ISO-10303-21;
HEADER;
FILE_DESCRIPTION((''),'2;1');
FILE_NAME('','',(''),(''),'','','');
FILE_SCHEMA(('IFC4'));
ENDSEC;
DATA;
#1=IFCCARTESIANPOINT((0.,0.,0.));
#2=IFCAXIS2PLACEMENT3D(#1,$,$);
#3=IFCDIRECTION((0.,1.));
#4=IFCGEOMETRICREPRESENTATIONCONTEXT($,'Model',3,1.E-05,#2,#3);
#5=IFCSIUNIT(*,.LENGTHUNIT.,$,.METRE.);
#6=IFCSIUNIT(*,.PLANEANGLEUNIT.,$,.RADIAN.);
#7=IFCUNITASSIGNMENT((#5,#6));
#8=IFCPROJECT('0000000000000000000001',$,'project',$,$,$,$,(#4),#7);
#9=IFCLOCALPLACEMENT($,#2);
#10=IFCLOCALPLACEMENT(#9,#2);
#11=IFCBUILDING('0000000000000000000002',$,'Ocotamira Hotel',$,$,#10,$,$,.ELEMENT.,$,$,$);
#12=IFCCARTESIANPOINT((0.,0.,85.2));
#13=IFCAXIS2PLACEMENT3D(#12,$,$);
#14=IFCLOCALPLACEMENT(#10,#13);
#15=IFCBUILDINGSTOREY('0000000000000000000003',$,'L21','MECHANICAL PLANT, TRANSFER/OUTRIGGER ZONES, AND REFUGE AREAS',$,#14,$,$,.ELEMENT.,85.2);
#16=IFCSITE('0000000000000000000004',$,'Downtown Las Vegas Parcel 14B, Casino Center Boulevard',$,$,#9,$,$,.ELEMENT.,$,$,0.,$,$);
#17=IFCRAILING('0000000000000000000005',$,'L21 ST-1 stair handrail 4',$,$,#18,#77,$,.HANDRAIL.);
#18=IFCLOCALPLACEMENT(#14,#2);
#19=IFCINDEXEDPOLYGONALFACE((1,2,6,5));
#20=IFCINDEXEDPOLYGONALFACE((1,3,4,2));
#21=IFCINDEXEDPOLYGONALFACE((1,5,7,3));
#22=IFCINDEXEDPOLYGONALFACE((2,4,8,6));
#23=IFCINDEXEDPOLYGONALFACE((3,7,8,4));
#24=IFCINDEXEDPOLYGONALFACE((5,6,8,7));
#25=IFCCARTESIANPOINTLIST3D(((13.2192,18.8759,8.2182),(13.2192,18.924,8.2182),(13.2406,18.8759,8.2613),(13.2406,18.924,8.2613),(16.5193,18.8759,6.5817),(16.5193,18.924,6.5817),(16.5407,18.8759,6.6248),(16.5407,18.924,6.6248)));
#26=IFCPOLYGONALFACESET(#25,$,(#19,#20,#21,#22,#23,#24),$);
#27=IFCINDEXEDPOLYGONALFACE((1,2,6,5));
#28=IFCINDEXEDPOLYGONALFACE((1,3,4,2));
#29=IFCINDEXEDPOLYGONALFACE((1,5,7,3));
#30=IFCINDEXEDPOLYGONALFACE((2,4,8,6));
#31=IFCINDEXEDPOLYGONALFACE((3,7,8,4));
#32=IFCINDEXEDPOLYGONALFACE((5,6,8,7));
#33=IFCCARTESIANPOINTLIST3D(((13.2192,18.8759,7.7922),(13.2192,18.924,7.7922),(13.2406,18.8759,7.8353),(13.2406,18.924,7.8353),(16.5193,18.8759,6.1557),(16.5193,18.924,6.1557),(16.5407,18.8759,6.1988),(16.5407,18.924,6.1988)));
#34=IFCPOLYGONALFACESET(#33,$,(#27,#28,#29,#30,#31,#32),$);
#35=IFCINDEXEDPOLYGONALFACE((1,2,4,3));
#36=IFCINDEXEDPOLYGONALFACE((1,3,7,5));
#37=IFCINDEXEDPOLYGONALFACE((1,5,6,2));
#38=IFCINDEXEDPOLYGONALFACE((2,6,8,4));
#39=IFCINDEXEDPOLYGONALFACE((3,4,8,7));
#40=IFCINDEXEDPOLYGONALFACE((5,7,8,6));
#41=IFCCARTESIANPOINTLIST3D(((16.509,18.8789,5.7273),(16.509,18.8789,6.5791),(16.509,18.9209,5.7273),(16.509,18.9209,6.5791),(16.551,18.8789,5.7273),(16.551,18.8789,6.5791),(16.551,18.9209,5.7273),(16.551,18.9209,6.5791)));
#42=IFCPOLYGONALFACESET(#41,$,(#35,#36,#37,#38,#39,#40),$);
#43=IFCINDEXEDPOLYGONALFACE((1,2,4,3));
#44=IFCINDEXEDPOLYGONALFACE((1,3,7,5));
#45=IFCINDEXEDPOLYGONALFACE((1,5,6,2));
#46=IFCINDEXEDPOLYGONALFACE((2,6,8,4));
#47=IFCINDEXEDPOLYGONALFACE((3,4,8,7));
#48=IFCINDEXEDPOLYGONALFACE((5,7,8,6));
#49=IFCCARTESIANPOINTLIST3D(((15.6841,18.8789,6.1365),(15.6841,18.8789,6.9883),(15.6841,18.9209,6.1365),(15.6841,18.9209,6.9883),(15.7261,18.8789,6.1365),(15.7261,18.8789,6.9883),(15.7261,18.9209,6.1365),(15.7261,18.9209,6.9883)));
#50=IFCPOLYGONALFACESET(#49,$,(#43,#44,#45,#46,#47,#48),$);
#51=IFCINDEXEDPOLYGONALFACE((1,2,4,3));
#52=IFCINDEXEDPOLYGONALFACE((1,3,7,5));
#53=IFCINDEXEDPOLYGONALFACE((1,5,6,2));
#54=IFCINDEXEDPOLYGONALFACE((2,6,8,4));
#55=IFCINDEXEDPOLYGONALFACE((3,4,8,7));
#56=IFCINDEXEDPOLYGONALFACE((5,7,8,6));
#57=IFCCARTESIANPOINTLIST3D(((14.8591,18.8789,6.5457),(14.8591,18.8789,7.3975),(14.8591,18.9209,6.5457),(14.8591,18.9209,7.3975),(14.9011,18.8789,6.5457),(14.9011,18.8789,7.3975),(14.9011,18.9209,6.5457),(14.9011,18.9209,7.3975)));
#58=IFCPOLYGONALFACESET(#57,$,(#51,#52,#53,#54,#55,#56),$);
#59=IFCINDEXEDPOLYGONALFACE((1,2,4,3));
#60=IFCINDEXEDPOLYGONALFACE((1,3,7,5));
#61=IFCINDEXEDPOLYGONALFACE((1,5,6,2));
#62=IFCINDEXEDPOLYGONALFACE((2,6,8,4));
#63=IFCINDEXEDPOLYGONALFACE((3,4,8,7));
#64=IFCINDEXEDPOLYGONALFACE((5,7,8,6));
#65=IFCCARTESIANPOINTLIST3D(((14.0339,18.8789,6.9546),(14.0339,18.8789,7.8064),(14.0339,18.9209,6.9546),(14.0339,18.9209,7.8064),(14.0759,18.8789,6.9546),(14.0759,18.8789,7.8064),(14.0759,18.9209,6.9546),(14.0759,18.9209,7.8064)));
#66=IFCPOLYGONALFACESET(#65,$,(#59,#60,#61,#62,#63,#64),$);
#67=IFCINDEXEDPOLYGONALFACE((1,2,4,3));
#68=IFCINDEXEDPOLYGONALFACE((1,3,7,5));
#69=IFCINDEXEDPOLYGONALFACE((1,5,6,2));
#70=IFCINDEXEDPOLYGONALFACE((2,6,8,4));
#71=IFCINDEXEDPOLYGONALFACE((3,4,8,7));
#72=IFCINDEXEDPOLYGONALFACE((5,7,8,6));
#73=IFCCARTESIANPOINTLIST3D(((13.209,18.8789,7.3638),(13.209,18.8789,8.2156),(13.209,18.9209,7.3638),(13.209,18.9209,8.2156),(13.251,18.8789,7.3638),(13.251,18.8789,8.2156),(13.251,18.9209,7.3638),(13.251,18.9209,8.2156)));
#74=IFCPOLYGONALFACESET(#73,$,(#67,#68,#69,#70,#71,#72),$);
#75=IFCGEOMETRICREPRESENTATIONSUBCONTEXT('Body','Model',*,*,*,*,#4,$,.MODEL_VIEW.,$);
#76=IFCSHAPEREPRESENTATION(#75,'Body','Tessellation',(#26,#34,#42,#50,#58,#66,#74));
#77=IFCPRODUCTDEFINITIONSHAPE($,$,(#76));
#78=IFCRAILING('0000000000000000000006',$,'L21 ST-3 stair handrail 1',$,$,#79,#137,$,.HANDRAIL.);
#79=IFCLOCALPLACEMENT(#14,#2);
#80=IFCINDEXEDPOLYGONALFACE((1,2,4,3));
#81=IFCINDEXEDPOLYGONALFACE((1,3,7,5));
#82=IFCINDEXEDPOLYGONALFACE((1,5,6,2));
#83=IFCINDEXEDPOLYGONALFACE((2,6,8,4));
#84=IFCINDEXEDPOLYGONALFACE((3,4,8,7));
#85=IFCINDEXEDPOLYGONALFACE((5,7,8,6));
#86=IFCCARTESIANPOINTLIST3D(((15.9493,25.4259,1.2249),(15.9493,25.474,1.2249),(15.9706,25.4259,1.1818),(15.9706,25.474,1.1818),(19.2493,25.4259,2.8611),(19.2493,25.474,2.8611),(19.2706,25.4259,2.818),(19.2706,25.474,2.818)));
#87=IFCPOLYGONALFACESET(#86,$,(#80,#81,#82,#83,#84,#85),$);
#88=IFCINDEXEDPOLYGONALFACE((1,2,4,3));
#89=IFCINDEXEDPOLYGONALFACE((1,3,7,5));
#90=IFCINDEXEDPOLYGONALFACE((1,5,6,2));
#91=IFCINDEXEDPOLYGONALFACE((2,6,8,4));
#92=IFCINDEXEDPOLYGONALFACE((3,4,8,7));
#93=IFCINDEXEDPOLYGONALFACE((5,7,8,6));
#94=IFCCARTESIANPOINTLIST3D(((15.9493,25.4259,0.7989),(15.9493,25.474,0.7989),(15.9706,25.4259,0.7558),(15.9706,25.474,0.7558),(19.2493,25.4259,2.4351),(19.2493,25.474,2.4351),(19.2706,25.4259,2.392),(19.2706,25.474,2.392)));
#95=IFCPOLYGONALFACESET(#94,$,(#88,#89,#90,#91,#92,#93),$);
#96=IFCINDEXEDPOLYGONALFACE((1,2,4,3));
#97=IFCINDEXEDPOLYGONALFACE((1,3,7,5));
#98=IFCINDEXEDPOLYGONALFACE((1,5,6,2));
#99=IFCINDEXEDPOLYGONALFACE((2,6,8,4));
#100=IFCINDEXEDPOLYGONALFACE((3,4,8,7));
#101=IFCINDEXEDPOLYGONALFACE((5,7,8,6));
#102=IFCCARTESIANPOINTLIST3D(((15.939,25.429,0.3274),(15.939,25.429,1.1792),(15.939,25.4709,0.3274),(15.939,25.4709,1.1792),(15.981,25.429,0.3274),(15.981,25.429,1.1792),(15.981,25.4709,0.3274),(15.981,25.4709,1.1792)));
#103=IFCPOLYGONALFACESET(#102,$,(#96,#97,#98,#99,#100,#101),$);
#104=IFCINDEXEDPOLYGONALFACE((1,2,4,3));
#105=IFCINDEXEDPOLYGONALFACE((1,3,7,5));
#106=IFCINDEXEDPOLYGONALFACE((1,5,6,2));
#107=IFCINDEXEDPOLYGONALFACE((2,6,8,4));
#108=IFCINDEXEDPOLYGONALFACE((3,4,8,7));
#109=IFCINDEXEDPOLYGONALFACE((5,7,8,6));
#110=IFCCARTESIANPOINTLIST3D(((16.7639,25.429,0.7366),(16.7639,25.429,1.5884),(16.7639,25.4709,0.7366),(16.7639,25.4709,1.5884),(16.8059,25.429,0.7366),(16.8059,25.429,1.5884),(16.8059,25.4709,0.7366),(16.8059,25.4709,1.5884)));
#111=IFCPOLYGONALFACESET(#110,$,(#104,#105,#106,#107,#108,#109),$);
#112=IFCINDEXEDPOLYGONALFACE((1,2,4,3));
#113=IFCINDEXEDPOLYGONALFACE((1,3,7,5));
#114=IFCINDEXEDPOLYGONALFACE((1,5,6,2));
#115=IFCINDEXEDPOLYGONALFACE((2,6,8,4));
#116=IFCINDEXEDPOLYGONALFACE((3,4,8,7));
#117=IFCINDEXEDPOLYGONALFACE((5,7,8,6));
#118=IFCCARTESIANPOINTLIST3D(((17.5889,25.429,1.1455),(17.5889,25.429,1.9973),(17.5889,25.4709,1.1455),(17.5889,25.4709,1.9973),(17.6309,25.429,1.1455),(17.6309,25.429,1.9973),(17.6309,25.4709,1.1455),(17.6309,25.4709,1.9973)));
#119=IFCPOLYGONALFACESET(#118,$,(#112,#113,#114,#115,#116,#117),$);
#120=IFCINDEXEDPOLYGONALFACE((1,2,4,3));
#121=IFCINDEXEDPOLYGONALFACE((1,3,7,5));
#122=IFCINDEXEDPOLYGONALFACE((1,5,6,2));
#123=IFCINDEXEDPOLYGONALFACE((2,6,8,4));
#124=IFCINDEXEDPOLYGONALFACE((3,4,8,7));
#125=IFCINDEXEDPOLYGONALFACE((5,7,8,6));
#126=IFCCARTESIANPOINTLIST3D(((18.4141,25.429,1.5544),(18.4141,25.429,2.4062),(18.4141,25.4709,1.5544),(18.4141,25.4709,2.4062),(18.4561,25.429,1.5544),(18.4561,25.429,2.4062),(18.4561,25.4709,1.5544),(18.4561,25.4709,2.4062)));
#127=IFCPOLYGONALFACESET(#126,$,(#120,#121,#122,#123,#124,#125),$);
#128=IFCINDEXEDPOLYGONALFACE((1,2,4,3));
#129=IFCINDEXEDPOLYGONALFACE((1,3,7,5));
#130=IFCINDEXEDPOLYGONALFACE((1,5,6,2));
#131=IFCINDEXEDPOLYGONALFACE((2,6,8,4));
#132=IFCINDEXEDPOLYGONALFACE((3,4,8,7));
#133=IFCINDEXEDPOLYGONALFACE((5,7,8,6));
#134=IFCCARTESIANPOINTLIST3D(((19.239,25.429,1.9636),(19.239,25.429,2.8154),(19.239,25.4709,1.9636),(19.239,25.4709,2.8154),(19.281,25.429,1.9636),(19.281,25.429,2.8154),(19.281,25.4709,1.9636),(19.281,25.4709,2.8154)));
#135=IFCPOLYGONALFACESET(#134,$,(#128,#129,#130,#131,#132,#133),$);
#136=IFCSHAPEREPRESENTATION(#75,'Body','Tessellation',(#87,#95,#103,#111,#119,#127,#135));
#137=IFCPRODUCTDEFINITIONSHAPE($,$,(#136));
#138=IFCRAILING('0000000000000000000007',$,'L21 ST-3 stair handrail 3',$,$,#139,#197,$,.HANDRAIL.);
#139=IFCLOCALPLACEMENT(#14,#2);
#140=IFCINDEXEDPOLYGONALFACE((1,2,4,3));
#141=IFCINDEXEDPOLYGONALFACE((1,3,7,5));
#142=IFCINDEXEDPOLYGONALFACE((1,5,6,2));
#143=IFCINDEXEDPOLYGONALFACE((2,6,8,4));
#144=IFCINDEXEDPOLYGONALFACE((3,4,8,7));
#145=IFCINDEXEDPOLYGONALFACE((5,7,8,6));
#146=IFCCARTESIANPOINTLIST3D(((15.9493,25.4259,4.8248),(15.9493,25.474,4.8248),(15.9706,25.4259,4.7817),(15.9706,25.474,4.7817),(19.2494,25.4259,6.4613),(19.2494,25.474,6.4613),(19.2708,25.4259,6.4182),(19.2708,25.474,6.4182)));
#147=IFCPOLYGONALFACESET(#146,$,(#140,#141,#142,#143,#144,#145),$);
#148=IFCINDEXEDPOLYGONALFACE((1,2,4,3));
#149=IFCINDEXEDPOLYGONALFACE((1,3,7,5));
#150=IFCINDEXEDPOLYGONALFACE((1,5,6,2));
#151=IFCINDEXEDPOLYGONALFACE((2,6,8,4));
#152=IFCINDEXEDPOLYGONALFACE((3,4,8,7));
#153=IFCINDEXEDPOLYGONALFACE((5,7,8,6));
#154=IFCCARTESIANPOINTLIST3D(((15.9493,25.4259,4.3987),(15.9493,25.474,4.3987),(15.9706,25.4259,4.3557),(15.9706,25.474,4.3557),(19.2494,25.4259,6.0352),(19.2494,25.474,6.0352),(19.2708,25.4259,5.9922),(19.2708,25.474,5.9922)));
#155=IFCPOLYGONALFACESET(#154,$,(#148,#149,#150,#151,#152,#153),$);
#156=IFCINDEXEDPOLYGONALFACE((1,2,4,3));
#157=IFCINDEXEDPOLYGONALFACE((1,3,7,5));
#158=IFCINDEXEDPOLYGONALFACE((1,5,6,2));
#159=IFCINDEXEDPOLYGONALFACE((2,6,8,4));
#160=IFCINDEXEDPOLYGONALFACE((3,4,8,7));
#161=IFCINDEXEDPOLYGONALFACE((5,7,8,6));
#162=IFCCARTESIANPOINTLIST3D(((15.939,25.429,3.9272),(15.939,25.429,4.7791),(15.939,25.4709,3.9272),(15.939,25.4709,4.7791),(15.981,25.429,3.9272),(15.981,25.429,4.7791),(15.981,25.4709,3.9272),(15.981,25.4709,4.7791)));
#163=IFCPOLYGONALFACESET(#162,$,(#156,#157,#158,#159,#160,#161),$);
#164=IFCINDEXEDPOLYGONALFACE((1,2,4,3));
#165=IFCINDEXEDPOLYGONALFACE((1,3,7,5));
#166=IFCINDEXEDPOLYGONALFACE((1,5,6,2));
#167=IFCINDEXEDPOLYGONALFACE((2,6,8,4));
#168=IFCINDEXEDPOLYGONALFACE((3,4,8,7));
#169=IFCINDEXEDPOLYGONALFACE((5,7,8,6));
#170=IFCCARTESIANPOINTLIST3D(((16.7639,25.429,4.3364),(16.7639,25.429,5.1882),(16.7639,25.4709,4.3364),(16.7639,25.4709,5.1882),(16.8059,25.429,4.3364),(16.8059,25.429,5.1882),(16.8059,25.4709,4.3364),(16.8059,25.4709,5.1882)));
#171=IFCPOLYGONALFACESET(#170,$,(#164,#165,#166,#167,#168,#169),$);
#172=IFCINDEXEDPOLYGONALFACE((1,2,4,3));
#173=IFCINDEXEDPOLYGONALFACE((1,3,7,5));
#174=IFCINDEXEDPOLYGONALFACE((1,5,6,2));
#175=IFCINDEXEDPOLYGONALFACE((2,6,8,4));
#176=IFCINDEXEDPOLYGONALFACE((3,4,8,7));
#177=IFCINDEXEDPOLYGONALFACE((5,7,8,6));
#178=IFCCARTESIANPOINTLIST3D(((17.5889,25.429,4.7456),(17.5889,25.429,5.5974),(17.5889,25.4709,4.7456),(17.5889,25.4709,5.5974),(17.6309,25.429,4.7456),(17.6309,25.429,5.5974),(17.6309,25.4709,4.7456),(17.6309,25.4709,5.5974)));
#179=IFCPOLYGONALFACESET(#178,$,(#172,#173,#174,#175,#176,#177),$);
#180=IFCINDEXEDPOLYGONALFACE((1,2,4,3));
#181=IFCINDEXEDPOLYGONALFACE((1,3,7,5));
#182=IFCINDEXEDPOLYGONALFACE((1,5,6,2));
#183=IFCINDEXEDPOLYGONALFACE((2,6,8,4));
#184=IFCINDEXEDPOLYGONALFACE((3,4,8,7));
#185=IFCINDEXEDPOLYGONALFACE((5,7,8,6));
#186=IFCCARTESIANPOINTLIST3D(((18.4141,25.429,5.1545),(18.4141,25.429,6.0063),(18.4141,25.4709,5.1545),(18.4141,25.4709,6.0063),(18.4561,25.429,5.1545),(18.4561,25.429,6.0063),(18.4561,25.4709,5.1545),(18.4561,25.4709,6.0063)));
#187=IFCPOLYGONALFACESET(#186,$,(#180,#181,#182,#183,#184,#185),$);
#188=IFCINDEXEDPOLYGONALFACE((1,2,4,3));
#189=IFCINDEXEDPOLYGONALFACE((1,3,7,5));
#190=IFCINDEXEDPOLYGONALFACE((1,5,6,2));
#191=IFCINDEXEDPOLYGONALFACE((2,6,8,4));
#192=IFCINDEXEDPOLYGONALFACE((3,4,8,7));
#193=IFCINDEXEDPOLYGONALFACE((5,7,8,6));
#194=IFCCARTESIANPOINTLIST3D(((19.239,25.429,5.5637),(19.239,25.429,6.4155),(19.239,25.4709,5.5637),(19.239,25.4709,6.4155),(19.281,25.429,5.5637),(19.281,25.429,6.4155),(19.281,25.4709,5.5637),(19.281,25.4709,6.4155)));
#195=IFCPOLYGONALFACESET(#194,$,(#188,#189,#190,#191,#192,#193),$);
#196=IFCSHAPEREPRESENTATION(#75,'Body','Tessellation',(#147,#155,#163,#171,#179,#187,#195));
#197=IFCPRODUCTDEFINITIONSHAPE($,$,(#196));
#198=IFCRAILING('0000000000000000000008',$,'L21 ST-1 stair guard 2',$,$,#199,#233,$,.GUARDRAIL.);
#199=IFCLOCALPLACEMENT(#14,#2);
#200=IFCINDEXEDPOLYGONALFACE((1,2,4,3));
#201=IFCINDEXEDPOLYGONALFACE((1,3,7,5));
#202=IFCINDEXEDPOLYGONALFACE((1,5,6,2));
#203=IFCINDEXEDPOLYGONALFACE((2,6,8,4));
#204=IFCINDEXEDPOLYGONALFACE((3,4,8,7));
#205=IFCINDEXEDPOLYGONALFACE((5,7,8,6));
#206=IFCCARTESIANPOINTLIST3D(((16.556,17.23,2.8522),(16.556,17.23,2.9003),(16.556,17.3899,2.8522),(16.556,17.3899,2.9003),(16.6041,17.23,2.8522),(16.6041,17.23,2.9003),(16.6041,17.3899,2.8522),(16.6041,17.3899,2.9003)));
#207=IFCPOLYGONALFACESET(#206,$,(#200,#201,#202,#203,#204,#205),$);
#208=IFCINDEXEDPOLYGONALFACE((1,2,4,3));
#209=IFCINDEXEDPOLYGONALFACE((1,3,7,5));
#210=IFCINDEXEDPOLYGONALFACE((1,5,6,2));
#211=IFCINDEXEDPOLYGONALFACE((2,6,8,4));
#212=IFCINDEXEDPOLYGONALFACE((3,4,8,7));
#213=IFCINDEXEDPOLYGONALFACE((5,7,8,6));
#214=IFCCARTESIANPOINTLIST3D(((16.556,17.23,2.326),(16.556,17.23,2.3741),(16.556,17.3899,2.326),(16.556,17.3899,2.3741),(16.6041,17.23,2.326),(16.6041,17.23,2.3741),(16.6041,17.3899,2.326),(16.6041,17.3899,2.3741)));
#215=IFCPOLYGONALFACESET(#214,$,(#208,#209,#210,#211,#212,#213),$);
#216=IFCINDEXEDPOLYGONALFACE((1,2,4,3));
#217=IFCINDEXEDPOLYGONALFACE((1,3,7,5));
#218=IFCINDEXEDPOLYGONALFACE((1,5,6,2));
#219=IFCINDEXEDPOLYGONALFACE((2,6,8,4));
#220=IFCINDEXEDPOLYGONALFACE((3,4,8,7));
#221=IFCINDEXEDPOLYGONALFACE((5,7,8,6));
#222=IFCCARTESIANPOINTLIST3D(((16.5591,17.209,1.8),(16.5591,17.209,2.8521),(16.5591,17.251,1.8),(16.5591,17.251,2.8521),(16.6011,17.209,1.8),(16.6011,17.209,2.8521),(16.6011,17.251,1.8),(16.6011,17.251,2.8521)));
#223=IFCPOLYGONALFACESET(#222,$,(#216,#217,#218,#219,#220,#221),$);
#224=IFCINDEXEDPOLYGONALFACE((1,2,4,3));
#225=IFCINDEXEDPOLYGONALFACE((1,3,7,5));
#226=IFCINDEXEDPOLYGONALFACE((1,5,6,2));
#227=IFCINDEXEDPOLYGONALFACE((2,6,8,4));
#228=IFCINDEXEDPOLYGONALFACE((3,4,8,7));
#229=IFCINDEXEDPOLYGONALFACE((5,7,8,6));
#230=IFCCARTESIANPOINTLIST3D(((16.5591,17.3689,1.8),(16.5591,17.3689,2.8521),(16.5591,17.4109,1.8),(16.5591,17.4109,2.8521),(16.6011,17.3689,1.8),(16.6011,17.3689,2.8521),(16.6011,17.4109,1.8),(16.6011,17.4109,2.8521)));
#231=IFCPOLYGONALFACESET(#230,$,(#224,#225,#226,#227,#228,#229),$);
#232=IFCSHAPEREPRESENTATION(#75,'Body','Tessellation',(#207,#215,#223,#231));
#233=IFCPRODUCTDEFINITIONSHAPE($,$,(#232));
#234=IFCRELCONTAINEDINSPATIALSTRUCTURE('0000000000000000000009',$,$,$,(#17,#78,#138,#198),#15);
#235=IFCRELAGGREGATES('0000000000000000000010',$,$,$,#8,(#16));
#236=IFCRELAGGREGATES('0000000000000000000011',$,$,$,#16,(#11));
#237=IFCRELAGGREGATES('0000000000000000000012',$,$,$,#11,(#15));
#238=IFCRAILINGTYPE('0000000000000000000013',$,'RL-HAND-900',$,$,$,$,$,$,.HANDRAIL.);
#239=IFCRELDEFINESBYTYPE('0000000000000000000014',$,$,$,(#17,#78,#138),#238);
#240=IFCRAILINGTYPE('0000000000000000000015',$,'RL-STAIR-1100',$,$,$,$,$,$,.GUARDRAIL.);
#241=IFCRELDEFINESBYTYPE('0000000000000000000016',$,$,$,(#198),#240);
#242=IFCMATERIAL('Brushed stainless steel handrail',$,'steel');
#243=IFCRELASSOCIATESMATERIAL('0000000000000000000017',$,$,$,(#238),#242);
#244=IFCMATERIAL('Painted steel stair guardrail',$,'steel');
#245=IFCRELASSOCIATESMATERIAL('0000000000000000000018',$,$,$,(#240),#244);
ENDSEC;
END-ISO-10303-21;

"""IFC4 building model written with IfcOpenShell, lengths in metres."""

from ifc_helpers import new_model, si_unit, direction, frame, origin, origin_2d, place, context, subcontext, project, spatial, rectangle, extrude, material, type_object, element, save


model = new_model("IFC4")

# Units and contexts
model_context = context("Model", 3, precision=1e-05, world=origin(), true_north=direction((0.0, 1.0)))
body_context = subcontext(model_context, "Body", "Model", "MODEL_VIEW")
ifc_project = project(units=[si_unit("LENGTHUNIT", "METRE"), si_unit("PLANEANGLEUNIT", "RADIAN")], contexts=[model_context])

# Site, building, storey
site_placement = place(None, origin())
site = spatial("IfcSite", under=ifc_project, at=site_placement, Name="Downtown Las Vegas Parcel 14B, Casino Center Boulevard", CompositionType="ELEMENT", RefElevation=0.0)
building_placement = place(site_placement, origin())
building = spatial("IfcBuilding", under=site, at=building_placement, Name="Ocotamira Hotel", CompositionType="ELEMENT")
storey_placement = place(building_placement, frame((0.0, 0.0, 85.2)))
storey = spatial("IfcBuildingStorey", under=building, at=storey_placement, Name="L21", Description="MECHANICAL PLANT, TRANSFER/OUTRIGGER ZONES, AND REFUGE AREAS", CompositionType="ELEMENT", Elevation=85.2)

# Railings
ifc_material_1 = material(Name="Brushed stainless steel handrail", Category="steel")
railing_type_1 = type_object("IfcRailingType", Name="RL-HAND-900", PredefinedType="HANDRAIL", material=ifc_material_1)
railing_1_placement = place(storey_placement, frame((16.53, 18.8999, 5.7273)))
element("IfcRailing", 1, at=railing_1_placement, inside=storey, type_object=railing_type_1, Name="L21 ST-1 stair handrail 4", PredefinedType="HANDRAIL", context=body_context, shape_type="SweptSolid", body=[
    extrude(rectangle(XDim=0.0481, YDim=0.0481, at=origin_2d()), frame((0.0, 0.0, 0.876), z_axis=(-0.895894, 0.0, 0.444268), x_axis=(0.0, -1.0, 0.0)), (0.0, 0.0, 1.0), 3.6836),
    extrude(rectangle(XDim=0.0481, YDim=0.0481, at=origin_2d()), frame((0.0, 0.0, 0.45), z_axis=(-0.895894, 0.0, 0.444268), x_axis=(0.0, -1.0, 0.0)), (0.0, 0.0, 1.0), 3.6836),
    extrude(rectangle(XDim=0.042, YDim=0.042, at=origin_2d()), origin(), (0.0, 0.0, 1.0), 0.8518),
    extrude(rectangle(XDim=0.042, YDim=0.042, at=origin_2d()), frame((-0.825, 0.0, 0.4092)), (0.0, 0.0, 1.0), 0.8518),
    extrude(rectangle(XDim=0.042, YDim=0.042, at=origin_2d()), frame((-1.6499, 0.0, 0.8184)), (0.0, 0.0, 1.0), 0.8518),
    extrude(rectangle(XDim=0.042, YDim=0.042, at=origin_2d()), frame((-2.4751, 0.0, 1.2273)), (0.0, 0.0, 1.0), 0.8518),
    extrude(rectangle(XDim=0.042, YDim=0.042, at=origin_2d()), frame((-3.3, 0.0, 1.6365)), (0.0, 0.0, 1.0), 0.8518),
])
railing_2_placement = place(storey_placement, frame((15.96, 25.45, 0.3274)))
element("IfcRailing", 2, at=railing_2_placement, inside=storey, type_object=railing_type_1, Name="L21 ST-3 stair handrail 1", PredefinedType="HANDRAIL", context=body_context, shape_type="SweptSolid", body=[
    extrude(rectangle(XDim=0.0481, YDim=0.0481, at=origin_2d()), frame((0.0, 0.0, 0.876), z_axis=(0.89592, 0.0, 0.444215), x_axis=(0.0, 1.0, 0.0)), (0.0, 0.0, 1.0), 3.6833),
    extrude(rectangle(XDim=0.0481, YDim=0.0481, at=origin_2d()), frame((0.0, 0.0, 0.45), z_axis=(0.89592, 0.0, 0.444215), x_axis=(0.0, 1.0, 0.0)), (0.0, 0.0, 1.0), 3.6833),
    extrude(rectangle(XDim=0.042, YDim=0.042, at=origin_2d()), origin(), (0.0, 0.0, 1.0), 0.8518),
    extrude(rectangle(XDim=0.042, YDim=0.042, at=origin_2d()), frame((0.825, 0.0, 0.4092)), (0.0, 0.0, 1.0), 0.8518),
    extrude(rectangle(XDim=0.042, YDim=0.042, at=origin_2d()), frame((1.6499, 0.0, 0.8181)), (0.0, 0.0, 1.0), 0.8518),
    extrude(rectangle(XDim=0.042, YDim=0.042, at=origin_2d()), frame((2.4751, 0.0, 1.2271)), (0.0, 0.0, 1.0), 0.8518),
    extrude(rectangle(XDim=0.042, YDim=0.042, at=origin_2d()), frame((3.3, 0.0, 1.6362)), (0.0, 0.0, 1.0), 0.8518),
])
railing_3_placement = place(storey_placement, frame((15.96, 25.45, 3.9272)))
element("IfcRailing", 3, at=railing_3_placement, inside=storey, type_object=railing_type_1, Name="L21 ST-3 stair handrail 3", PredefinedType="HANDRAIL", context=body_context, shape_type="SweptSolid", body=[
    extrude(rectangle(XDim=0.0481, YDim=0.0481, at=origin_2d()), frame((0.0, 0.0, 0.876), z_axis=(0.895894, 0.0, 0.444268), x_axis=(0.0, 1.0, 0.0)), (0.0, 0.0, 1.0), 3.6836),
    extrude(rectangle(XDim=0.0481, YDim=0.0481, at=origin_2d()), frame((0.0, 0.0, 0.45), z_axis=(0.895894, 0.0, 0.444268), x_axis=(0.0, 1.0, 0.0)), (0.0, 0.0, 1.0), 3.6836),
    extrude(rectangle(XDim=0.042, YDim=0.042, at=origin_2d()), origin(), (0.0, 0.0, 1.0), 0.8518),
    extrude(rectangle(XDim=0.042, YDim=0.042, at=origin_2d()), frame((0.825, 0.0, 0.4092)), (0.0, 0.0, 1.0), 0.8518),
    extrude(rectangle(XDim=0.042, YDim=0.042, at=origin_2d()), frame((1.6499, 0.0, 0.8184)), (0.0, 0.0, 1.0), 0.8518),
    extrude(rectangle(XDim=0.042, YDim=0.042, at=origin_2d()), frame((2.4751, 0.0, 1.2273)), (0.0, 0.0, 1.0), 0.8518),
    extrude(rectangle(XDim=0.042, YDim=0.042, at=origin_2d()), frame((3.3, 0.0, 1.6365)), (0.0, 0.0, 1.0), 0.8518),
])
ifc_material_2 = material(Name="Painted steel stair guardrail", Category="steel")
railing_type_2 = type_object("IfcRailingType", Name="RL-STAIR-1100", PredefinedType="GUARDRAIL", material=ifc_material_2)
railing_4_placement = place(storey_placement, frame((16.5801, 17.23, 1.8)))
element("IfcRailing", 4, at=railing_4_placement, inside=storey, type_object=railing_type_2, Name="L21 ST-1 stair guard 2", PredefinedType="GUARDRAIL", context=body_context, shape_type="SweptSolid", body=[
    extrude(rectangle(XDim=0.0481, YDim=0.0481, at=origin_2d()), frame((0.0, 0.0, 1.0762), z_axis=(0.0, 1.0, 0.0), x_axis=(-1.0, 0.0, 0.0)), (0.0, 0.0, 1.0), 0.1599),
    extrude(rectangle(XDim=0.0481, YDim=0.0481, at=origin_2d()), frame((0.0, 0.0, 0.55), z_axis=(0.0, 1.0, 0.0), x_axis=(-1.0, 0.0, 0.0)), (0.0, 0.0, 1.0), 0.1599),
    extrude(rectangle(XDim=0.042, YDim=0.042, at=origin_2d()), origin(), (0.0, 0.0, 1.0), 1.052),
    extrude(rectangle(XDim=0.042, YDim=0.042, at=origin_2d()), frame((0.0, 0.1599, 0.0)), (0.0, 0.0, 1.0), 1.052),
])

save(model, "model.ifc")
